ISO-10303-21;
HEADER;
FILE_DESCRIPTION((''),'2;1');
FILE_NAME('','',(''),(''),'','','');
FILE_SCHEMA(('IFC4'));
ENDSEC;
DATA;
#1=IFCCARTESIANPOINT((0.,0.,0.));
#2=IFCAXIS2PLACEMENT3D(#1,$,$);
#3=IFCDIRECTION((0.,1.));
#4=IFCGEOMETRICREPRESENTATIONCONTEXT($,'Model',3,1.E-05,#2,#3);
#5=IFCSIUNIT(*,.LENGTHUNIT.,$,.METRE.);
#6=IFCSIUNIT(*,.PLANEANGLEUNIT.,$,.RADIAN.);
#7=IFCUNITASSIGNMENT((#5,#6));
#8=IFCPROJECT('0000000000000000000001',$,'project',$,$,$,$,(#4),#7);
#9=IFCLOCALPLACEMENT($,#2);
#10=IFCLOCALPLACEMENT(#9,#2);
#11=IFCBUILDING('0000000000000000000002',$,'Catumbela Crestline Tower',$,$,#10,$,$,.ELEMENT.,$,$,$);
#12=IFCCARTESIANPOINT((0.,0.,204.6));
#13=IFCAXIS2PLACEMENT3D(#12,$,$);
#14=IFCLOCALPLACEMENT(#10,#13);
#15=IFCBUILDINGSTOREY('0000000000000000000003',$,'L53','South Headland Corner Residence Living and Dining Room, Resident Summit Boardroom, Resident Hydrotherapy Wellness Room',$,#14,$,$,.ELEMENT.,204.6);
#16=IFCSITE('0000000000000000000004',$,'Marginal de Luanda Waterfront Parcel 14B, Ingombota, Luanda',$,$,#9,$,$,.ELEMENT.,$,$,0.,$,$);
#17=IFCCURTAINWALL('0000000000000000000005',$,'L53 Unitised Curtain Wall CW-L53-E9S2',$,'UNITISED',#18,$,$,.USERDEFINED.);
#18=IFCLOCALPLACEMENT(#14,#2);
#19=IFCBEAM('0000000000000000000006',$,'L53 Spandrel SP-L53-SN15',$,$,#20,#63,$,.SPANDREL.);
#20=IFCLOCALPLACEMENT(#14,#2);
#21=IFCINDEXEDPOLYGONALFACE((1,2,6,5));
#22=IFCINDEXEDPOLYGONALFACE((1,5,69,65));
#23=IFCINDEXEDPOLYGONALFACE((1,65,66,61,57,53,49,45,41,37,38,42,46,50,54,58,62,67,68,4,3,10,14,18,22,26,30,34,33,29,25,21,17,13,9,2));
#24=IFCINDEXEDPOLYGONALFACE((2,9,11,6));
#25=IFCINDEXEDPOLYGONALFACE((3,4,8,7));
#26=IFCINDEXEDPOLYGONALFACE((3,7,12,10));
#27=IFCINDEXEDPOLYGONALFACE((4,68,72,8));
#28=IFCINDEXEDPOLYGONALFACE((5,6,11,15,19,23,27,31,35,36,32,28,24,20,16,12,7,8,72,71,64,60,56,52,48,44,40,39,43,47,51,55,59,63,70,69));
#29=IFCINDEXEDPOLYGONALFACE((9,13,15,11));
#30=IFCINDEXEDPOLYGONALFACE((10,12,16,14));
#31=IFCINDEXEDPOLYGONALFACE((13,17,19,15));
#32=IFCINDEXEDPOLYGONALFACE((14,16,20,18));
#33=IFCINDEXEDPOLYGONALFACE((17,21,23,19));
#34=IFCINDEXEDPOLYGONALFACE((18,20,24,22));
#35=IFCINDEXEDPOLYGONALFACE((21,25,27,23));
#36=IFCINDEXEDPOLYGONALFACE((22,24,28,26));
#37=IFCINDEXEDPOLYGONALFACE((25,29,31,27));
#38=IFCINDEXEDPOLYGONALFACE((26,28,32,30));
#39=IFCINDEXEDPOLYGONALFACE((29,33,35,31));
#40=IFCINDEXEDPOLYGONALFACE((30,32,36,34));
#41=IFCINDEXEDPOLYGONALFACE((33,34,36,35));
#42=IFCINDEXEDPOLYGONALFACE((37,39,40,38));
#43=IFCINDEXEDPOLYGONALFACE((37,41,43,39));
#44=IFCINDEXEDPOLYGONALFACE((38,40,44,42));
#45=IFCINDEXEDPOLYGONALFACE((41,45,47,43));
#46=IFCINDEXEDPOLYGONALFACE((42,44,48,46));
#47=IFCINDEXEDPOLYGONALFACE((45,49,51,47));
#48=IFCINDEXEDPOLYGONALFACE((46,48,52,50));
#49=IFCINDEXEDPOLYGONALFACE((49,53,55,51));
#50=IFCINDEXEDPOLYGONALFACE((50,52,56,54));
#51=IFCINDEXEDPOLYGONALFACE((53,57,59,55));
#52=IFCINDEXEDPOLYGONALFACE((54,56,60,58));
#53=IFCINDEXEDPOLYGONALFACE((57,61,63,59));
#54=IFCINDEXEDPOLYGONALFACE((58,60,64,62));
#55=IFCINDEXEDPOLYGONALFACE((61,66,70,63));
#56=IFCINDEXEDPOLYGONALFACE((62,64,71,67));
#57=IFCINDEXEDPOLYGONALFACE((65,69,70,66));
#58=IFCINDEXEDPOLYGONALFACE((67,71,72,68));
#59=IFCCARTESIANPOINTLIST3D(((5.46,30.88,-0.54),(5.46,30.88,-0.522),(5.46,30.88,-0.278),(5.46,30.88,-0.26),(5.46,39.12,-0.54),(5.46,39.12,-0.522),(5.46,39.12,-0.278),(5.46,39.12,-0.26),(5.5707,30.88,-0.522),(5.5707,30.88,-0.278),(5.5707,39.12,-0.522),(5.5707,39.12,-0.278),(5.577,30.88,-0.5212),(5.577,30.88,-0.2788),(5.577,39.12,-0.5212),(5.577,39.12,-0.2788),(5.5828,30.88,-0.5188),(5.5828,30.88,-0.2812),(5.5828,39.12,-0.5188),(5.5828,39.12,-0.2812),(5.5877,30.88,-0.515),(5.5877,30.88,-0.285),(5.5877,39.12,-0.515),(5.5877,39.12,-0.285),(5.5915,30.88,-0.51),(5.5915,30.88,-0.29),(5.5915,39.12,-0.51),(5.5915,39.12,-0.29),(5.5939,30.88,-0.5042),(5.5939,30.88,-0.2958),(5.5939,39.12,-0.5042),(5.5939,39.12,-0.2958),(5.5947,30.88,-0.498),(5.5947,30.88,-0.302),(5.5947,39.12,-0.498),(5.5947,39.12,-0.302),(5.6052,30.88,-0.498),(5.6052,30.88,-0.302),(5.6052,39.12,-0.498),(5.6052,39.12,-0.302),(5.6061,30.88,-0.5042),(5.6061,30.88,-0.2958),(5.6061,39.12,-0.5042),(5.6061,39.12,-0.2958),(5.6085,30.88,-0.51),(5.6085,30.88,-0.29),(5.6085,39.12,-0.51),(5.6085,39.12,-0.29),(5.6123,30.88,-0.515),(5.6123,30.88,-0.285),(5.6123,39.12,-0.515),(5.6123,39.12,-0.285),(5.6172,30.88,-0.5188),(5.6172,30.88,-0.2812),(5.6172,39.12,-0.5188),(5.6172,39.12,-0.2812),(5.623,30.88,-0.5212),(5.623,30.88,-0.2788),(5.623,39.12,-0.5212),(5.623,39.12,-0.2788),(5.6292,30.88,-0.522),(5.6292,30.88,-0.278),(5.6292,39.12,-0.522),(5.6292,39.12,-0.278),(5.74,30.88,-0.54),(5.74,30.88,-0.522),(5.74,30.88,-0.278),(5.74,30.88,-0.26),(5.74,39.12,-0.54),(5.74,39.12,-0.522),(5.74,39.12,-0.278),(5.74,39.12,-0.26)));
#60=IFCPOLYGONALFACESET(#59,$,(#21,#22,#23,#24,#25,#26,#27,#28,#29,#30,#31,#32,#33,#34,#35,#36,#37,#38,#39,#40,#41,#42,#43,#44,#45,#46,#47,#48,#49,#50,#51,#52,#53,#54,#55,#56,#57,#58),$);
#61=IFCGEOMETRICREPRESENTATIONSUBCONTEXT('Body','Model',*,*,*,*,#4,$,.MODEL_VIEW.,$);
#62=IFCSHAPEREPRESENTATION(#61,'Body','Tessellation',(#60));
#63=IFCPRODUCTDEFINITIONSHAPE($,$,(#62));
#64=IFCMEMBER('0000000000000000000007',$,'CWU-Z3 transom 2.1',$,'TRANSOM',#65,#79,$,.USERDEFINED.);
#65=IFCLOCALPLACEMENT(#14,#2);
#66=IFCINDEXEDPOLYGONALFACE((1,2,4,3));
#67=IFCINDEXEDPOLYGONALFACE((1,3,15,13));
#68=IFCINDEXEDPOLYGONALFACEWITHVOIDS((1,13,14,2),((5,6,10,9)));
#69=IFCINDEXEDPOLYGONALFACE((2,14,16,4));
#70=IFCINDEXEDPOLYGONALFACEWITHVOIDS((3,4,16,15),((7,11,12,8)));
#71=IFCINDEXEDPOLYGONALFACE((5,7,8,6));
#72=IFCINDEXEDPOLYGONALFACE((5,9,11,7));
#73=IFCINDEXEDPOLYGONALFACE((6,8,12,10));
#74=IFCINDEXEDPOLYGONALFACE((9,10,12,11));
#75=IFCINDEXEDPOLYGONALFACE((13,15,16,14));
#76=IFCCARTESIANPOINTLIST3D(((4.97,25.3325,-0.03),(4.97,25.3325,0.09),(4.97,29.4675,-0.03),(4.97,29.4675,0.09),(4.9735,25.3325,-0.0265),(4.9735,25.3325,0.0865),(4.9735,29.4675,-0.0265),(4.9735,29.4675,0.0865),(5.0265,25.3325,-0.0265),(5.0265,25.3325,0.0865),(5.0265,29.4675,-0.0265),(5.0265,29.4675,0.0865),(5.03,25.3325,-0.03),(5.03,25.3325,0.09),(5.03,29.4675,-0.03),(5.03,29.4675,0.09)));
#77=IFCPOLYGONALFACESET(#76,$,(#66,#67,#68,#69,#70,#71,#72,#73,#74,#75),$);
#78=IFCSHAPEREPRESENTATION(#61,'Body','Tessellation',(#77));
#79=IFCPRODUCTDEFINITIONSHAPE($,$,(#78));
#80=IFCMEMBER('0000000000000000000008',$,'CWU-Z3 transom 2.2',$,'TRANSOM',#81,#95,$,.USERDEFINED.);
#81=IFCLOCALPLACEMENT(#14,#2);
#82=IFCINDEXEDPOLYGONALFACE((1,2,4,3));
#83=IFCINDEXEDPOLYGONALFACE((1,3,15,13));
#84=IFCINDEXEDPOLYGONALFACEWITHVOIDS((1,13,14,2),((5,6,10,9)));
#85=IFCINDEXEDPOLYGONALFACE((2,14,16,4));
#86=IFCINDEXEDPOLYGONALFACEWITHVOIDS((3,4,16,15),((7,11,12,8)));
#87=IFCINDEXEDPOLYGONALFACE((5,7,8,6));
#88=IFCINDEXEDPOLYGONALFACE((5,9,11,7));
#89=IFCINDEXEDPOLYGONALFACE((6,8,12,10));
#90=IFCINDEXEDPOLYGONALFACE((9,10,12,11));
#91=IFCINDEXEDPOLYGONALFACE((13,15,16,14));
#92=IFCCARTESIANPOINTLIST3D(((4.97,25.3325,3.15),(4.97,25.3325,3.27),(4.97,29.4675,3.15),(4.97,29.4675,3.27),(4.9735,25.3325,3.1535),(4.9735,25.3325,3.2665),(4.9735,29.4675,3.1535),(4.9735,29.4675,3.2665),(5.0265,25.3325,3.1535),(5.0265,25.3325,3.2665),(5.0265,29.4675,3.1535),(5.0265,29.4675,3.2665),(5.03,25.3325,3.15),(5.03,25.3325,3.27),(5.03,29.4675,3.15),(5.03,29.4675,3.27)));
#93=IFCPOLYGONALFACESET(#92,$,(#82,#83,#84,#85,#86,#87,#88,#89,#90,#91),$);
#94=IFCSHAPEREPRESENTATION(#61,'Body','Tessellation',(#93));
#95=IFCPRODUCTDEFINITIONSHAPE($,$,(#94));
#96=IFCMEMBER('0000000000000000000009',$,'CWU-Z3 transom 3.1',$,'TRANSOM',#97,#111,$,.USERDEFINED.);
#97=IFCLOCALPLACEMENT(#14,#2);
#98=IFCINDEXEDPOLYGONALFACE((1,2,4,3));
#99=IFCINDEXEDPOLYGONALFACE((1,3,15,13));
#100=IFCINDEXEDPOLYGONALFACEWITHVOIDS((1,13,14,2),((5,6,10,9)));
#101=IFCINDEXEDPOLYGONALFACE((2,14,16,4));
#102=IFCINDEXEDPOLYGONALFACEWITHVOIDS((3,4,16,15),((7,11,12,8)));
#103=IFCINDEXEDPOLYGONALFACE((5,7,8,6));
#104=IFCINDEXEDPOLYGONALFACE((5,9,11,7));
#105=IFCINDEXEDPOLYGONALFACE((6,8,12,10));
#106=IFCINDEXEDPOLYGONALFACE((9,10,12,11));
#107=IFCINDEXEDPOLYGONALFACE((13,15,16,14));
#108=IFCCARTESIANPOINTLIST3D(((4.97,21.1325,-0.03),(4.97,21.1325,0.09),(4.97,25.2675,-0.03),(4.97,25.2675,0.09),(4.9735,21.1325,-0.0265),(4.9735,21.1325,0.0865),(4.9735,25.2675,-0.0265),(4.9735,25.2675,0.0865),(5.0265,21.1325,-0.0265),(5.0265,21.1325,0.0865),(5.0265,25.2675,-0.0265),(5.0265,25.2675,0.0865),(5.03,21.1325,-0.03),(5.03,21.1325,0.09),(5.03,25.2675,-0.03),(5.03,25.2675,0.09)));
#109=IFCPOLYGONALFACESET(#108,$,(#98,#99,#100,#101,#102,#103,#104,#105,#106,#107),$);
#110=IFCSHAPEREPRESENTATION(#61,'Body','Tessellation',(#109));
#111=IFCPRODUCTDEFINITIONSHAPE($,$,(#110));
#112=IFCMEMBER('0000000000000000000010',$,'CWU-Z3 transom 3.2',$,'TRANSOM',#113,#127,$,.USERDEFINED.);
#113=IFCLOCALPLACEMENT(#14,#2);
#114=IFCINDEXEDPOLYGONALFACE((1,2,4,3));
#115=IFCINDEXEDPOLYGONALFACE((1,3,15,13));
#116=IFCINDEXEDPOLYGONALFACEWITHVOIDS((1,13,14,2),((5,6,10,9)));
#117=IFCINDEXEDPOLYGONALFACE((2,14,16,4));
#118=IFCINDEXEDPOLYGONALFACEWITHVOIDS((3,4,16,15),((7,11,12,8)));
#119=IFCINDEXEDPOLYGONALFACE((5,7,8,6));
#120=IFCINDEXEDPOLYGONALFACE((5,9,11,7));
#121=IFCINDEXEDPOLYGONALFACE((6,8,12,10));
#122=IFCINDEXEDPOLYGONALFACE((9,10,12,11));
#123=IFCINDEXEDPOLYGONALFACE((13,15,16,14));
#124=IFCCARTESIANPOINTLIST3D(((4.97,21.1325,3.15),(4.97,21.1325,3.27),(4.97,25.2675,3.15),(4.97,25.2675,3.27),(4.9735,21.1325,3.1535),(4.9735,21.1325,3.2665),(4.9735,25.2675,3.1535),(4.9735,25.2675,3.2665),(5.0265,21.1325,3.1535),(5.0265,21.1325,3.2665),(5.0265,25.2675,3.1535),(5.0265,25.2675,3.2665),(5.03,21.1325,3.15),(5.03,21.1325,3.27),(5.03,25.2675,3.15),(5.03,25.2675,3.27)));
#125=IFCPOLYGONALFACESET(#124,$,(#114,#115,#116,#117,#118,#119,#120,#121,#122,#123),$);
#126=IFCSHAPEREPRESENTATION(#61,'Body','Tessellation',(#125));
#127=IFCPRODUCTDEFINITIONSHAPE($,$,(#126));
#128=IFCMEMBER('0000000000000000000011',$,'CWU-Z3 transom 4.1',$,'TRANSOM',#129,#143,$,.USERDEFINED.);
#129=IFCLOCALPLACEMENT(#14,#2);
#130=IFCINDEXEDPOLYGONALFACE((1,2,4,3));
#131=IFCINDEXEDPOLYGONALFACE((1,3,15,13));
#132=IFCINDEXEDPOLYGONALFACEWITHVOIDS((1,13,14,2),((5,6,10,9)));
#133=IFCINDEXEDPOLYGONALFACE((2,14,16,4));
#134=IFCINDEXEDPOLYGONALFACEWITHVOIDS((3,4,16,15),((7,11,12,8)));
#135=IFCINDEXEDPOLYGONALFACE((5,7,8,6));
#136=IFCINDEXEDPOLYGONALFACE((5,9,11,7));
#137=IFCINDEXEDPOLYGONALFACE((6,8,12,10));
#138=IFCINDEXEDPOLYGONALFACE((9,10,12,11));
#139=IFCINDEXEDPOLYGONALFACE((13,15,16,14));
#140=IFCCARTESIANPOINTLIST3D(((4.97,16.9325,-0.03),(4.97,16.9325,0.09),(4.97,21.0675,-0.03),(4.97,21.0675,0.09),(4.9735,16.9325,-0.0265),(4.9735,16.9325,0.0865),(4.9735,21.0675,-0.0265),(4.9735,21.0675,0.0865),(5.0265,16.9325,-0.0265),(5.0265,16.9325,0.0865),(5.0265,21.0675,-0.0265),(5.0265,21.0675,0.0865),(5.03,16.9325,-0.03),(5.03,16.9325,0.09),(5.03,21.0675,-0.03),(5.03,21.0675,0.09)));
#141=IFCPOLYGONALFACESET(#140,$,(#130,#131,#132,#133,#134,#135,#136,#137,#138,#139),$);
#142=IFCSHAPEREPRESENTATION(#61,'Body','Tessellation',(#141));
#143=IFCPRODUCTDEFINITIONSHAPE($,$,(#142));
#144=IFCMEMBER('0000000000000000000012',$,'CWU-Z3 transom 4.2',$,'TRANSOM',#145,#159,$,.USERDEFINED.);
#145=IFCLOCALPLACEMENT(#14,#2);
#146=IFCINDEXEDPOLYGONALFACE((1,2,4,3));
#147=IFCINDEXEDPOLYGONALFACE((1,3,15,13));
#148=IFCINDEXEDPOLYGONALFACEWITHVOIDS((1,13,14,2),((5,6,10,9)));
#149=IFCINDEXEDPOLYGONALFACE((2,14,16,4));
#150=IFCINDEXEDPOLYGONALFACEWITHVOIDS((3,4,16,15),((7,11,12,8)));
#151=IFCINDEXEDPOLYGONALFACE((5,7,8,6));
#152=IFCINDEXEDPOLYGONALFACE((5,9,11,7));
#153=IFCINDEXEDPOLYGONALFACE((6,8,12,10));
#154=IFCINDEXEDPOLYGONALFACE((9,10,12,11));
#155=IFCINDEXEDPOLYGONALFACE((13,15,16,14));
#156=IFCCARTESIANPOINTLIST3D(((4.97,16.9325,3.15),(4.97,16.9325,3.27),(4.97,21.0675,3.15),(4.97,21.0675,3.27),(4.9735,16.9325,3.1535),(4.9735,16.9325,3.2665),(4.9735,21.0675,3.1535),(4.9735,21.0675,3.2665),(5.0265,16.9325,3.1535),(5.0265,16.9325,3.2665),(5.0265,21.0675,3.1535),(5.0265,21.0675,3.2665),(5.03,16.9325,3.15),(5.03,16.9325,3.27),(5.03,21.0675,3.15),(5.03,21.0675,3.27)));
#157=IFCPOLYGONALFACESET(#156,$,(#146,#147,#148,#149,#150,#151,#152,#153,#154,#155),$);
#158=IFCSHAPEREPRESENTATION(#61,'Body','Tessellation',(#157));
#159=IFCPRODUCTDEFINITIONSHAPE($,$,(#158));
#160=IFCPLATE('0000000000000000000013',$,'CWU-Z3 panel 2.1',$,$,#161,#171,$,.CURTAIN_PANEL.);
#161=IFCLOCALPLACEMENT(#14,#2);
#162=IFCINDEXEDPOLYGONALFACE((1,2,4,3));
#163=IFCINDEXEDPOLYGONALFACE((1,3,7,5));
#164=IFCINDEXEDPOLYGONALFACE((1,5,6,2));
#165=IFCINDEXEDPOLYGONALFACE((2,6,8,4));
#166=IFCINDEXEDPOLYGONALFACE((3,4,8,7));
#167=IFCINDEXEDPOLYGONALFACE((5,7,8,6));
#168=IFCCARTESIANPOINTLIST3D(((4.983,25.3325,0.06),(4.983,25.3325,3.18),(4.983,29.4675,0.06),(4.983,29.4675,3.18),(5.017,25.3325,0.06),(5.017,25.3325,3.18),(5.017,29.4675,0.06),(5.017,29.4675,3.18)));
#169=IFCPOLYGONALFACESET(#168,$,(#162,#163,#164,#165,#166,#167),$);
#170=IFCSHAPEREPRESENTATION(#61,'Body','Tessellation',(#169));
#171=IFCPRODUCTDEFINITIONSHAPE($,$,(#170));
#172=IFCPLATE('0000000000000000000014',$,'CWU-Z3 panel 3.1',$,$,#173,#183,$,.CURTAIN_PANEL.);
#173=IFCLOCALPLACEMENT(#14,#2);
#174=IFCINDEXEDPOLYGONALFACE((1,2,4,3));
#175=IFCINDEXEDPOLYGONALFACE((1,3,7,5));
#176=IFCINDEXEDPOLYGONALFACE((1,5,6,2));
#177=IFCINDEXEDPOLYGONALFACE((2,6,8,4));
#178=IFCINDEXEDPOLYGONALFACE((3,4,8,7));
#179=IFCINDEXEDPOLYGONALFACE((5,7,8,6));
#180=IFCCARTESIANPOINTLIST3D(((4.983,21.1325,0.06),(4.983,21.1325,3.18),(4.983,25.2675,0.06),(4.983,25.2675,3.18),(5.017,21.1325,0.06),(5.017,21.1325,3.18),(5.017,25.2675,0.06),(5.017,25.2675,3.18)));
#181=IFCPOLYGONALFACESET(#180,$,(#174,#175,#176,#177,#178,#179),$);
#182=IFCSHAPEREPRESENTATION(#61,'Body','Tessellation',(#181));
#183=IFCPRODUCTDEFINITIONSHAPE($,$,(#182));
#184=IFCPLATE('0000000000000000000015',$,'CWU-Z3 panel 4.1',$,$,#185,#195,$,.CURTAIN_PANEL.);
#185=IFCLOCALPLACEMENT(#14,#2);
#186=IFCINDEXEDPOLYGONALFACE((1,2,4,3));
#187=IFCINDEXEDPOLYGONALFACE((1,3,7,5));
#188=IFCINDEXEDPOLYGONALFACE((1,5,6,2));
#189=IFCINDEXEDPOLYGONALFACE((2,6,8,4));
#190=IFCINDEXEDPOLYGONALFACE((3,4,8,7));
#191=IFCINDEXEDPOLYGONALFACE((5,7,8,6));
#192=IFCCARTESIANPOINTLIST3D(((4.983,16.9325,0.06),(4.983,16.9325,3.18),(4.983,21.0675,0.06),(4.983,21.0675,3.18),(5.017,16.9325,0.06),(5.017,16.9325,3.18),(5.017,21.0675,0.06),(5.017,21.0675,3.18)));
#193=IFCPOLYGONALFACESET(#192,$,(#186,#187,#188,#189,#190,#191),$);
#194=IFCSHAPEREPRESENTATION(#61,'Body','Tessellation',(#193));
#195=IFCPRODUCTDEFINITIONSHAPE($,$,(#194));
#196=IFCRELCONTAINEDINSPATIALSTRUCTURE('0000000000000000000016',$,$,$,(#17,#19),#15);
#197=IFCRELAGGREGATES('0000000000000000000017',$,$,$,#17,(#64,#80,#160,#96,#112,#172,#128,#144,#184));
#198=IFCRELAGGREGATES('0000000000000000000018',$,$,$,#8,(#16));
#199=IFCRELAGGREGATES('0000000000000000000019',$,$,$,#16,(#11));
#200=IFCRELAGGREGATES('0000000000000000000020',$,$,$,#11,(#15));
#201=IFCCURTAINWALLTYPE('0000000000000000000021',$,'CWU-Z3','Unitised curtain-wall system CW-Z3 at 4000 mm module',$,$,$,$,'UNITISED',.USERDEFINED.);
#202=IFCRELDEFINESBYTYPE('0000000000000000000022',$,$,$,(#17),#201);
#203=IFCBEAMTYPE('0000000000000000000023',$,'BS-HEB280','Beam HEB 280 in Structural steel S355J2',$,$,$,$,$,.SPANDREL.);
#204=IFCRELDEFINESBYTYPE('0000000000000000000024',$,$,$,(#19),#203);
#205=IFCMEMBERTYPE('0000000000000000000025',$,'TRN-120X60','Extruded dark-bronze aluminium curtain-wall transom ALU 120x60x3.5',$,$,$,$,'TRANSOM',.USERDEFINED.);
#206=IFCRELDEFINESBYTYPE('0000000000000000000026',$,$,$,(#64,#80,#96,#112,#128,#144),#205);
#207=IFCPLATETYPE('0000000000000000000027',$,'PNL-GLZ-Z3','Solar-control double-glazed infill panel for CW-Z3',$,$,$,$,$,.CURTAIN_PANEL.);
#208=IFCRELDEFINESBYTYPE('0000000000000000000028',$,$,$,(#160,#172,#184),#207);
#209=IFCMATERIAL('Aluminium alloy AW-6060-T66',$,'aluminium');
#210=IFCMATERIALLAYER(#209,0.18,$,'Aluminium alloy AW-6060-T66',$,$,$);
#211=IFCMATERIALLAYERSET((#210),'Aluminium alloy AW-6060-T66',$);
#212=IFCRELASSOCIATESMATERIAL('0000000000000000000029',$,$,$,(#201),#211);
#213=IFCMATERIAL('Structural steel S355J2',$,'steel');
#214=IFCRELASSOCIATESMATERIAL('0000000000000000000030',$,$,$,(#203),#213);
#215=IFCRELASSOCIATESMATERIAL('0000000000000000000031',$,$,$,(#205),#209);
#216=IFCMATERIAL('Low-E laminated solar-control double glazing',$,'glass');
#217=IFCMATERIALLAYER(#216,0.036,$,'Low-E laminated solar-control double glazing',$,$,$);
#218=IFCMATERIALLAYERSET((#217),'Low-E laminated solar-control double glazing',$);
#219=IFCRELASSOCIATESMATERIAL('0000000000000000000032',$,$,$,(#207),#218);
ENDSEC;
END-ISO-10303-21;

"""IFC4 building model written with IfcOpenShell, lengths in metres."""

from ifc_helpers import new_model, si_unit, direction, frame, origin, origin_2d, place, context, subcontext, project, spatial, rectangle, hollow_rectangle, i_section, extrude, material, layer, layer_set, material_profile, profile_set, type_object, element, aggregate, save


model = new_model("IFC4")

# Units and contexts
model_context = context("Model", 3, precision=1e-05, world=origin(), true_north=direction((0.0, 1.0)))
body_context = subcontext(model_context, "Body", "Model", "MODEL_VIEW")
ifc_project = project(units=[si_unit("LENGTHUNIT", "METRE"), si_unit("PLANEANGLEUNIT", "RADIAN")], contexts=[model_context])

# Site, building, storey
site_placement = place(None, origin())
site = spatial("IfcSite", under=ifc_project, at=site_placement, Name="Marginal de Luanda Waterfront Parcel 14B, Ingombota, Luanda", CompositionType="ELEMENT", RefElevation=0.0)
building_placement = place(site_placement, origin())
building = spatial("IfcBuilding", under=site, at=building_placement, Name="Catumbela Crestline Tower", CompositionType="ELEMENT")
storey_placement = place(building_placement, frame((0.0, 0.0, 204.6)))
storey = spatial("IfcBuildingStorey", under=building, at=storey_placement, Name="L53", Description="South Headland Corner Residence Living and Dining Room, Resident Summit Boardroom, Resident Hydrotherapy Wellness Room", CompositionType="ELEMENT", Elevation=204.6)

# Shared definitions
ifc_material_1 = material(Name="Structural steel S355J2", Category="steel")

# Curtain wall
ifc_material_2 = material(Name="Aluminium alloy AW-6060-T66", Category="aluminium")
ifc_layer_1 = layer(ifc_material_2, 0.18, Name="Aluminium alloy AW-6060-T66")
ifc_layer_set_1 = layer_set([ifc_layer_1], Name="Aluminium alloy AW-6060-T66")
curtain_wall_type = type_object("IfcCurtainWallType", Name="CWU-Z3", Description="Unitised curtain-wall system CW-Z3 at 4000 mm module", ElementType="UNITISED", PredefinedType="USERDEFINED", material=ifc_layer_set_1)
curtain_wall_placement = place(storey_placement, origin())
curtain_wall = element("IfcCurtainWall", 1, at=curtain_wall_placement, inside=storey, type_object=curtain_wall_type, Name="L53 Unitised Curtain Wall CW-L53-E9S2", ObjectType="UNITISED", PredefinedType="USERDEFINED")

# Beam
ifc_material_profile_1 = material_profile(ifc_material_1, i_section(OverallWidth=0.28, OverallDepth=0.28, WebThickness=0.0105, FlangeThickness=0.018, FilletRadius=0.024, at=origin_2d()), Name="HEB 280")
ifc_profile_set_1 = profile_set([ifc_material_profile_1], Name="Structural steel S355J2")
beam_type = type_object("IfcBeamType", Name="BS-HEB280", Description="Beam HEB 280 in Structural steel S355J2", PredefinedType="SPANDREL", material=ifc_profile_set_1)
beam_1_placement = place(storey_placement, frame((5.6, 30.88, -0.4), z_axis=(0.0, 1.0, 0.0), x_axis=(-1.0, 0.0, 0.0)))
element("IfcBeam", 2, at=beam_1_placement, inside=storey, type_object=beam_type, Name="L53 Spandrel SP-L53-SN15", PredefinedType="SPANDREL", context=body_context, shape_type="SweptSolid", body=[
    extrude(i_section(OverallWidth=0.28, OverallDepth=0.28, WebThickness=0.0105, FlangeThickness=0.018, FilletRadius=0.024, at=origin_2d()), origin(), (0.0, 0.0, 1.0), 8.24),
])

# Members
ifc_material_profile_2 = material_profile(ifc_material_2, hollow_rectangle(XDim=0.06, YDim=0.12, WallThickness=0.0035, at=origin_2d()), Name="ALU 120x60x3.5")
ifc_profile_set_2 = profile_set([ifc_material_profile_2], Name="Aluminium alloy AW-6060-T66")
member_type_1 = type_object("IfcMemberType", Name="TRN-120X60", Description="Extruded dark-bronze aluminium curtain-wall transom ALU 120x60x3.5", ElementType="TRANSOM", PredefinedType="USERDEFINED", material=ifc_profile_set_2)
member_1_placement = place(storey_placement, frame((5.0, 29.4675, 0.03), z_axis=(0.0, -1.0, 0.0), x_axis=(1.0, 0.0, 0.0)))
member_1 = element("IfcMember", 3, at=member_1_placement, type_object=member_type_1, Name="CWU-Z3 transom 2.1", ObjectType="TRANSOM", PredefinedType="USERDEFINED", context=body_context, shape_type="SweptSolid", body=[
    extrude(hollow_rectangle(XDim=0.06, YDim=0.12, WallThickness=0.0035, at=origin_2d()), origin(), (0.0, 0.0, 1.0), 4.135),
])
member_2_placement = place(storey_placement, frame((5.0, 29.4675, 3.21), z_axis=(0.0, -1.0, 0.0), x_axis=(1.0, 0.0, 0.0)))
member_2 = element("IfcMember", 4, at=member_2_placement, type_object=member_type_1, Name="CWU-Z3 transom 2.2", ObjectType="TRANSOM", PredefinedType="USERDEFINED", context=body_context, shape_type="SweptSolid", body=[
    extrude(hollow_rectangle(XDim=0.06, YDim=0.12, WallThickness=0.0035, at=origin_2d()), origin(), (0.0, 0.0, 1.0), 4.135),
])
member_3_placement = place(storey_placement, frame((5.0, 25.2675, 0.03), z_axis=(0.0, -1.0, 0.0), x_axis=(1.0, 0.0, 0.0)))
member_3 = element("IfcMember", 5, at=member_3_placement, type_object=member_type_1, Name="CWU-Z3 transom 3.1", ObjectType="TRANSOM", PredefinedType="USERDEFINED", context=body_context, shape_type="SweptSolid", body=[
    extrude(hollow_rectangle(XDim=0.06, YDim=0.12, WallThickness=0.0035, at=origin_2d()), origin(), (0.0, 0.0, 1.0), 4.135),
])
member_4_placement = place(storey_placement, frame((5.0, 25.2675, 3.21), z_axis=(0.0, -1.0, 0.0), x_axis=(1.0, 0.0, 0.0)))
member_4 = element("IfcMember", 6, at=member_4_placement, type_object=member_type_1, Name="CWU-Z3 transom 3.2", ObjectType="TRANSOM", PredefinedType="USERDEFINED", context=body_context, shape_type="SweptSolid", body=[
    extrude(hollow_rectangle(XDim=0.06, YDim=0.12, WallThickness=0.0035, at=origin_2d()), origin(), (0.0, 0.0, 1.0), 4.135),
])
member_5_placement = place(storey_placement, frame((5.0, 21.0675, 0.03), z_axis=(0.0, -1.0, 0.0), x_axis=(1.0, 0.0, 0.0)))
member_5 = element("IfcMember", 7, at=member_5_placement, type_object=member_type_1, Name="CWU-Z3 transom 4.1", ObjectType="TRANSOM", PredefinedType="USERDEFINED", context=body_context, shape_type="SweptSolid", body=[
    extrude(hollow_rectangle(XDim=0.06, YDim=0.12, WallThickness=0.0035, at=origin_2d()), origin(), (0.0, 0.0, 1.0), 4.135),
])
member_6_placement = place(storey_placement, frame((5.0, 21.0675, 3.21), z_axis=(0.0, -1.0, 0.0), x_axis=(1.0, 0.0, 0.0)))
member_6 = element("IfcMember", 8, at=member_6_placement, type_object=member_type_1, Name="CWU-Z3 transom 4.2", ObjectType="TRANSOM", PredefinedType="USERDEFINED", context=body_context, shape_type="SweptSolid", body=[
    extrude(hollow_rectangle(XDim=0.06, YDim=0.12, WallThickness=0.0035, at=origin_2d()), origin(), (0.0, 0.0, 1.0), 4.135),
])

# Plates
ifc_material_3 = material(Name="Low-E laminated solar-control double glazing", Category="glass")
ifc_layer_2 = layer(ifc_material_3, 0.036, Name="Low-E laminated solar-control double glazing")
ifc_layer_set_2 = layer_set([ifc_layer_2], Name="Low-E laminated solar-control double glazing")
plate_type = type_object("IfcPlateType", Name="PNL-GLZ-Z3", Description="Solar-control double-glazed infill panel for CW-Z3", PredefinedType="CURTAIN_PANEL", material=ifc_layer_set_2)
plate_1_placement = place(storey_placement, frame((5.0, 27.4, 0.06), z_axis=(0.0, 0.0, 1.0), x_axis=(0.0, -1.0, 0.0)))
plate_1 = element("IfcPlate", 9, at=plate_1_placement, type_object=plate_type, Name="CWU-Z3 panel 2.1", PredefinedType="CURTAIN_PANEL", context=body_context, shape_type="SweptSolid", body=[
    extrude(rectangle(XDim=4.135, YDim=0.034, at=origin_2d()), origin(), (0.0, 0.0, 1.0), 3.12),
])
plate_2_placement = place(storey_placement, frame((5.0, 23.2, 0.06), z_axis=(0.0, 0.0, 1.0), x_axis=(0.0, -1.0, 0.0)))
plate_2 = element("IfcPlate", 10, at=plate_2_placement, type_object=plate_type, Name="CWU-Z3 panel 3.1", PredefinedType="CURTAIN_PANEL", context=body_context, shape_type="SweptSolid", body=[
    extrude(rectangle(XDim=4.135, YDim=0.034, at=origin_2d()), origin(), (0.0, 0.0, 1.0), 3.12),
])
plate_3_placement = place(storey_placement, frame((5.0, 19.0, 0.06), z_axis=(0.0, 0.0, 1.0), x_axis=(0.0, -1.0, 0.0)))
plate_3 = element("IfcPlate", 11, at=plate_3_placement, type_object=plate_type, Name="CWU-Z3 panel 4.1", PredefinedType="CURTAIN_PANEL", context=body_context, shape_type="SweptSolid", body=[
    extrude(rectangle(XDim=4.135, YDim=0.034, at=origin_2d()), origin(), (0.0, 0.0, 1.0), 3.12),
])
aggregate(curtain_wall, [member_1, member_2, plate_1, member_3, member_4, plate_2, member_5, member_6, plate_3])

save(model, "model.ifc")
